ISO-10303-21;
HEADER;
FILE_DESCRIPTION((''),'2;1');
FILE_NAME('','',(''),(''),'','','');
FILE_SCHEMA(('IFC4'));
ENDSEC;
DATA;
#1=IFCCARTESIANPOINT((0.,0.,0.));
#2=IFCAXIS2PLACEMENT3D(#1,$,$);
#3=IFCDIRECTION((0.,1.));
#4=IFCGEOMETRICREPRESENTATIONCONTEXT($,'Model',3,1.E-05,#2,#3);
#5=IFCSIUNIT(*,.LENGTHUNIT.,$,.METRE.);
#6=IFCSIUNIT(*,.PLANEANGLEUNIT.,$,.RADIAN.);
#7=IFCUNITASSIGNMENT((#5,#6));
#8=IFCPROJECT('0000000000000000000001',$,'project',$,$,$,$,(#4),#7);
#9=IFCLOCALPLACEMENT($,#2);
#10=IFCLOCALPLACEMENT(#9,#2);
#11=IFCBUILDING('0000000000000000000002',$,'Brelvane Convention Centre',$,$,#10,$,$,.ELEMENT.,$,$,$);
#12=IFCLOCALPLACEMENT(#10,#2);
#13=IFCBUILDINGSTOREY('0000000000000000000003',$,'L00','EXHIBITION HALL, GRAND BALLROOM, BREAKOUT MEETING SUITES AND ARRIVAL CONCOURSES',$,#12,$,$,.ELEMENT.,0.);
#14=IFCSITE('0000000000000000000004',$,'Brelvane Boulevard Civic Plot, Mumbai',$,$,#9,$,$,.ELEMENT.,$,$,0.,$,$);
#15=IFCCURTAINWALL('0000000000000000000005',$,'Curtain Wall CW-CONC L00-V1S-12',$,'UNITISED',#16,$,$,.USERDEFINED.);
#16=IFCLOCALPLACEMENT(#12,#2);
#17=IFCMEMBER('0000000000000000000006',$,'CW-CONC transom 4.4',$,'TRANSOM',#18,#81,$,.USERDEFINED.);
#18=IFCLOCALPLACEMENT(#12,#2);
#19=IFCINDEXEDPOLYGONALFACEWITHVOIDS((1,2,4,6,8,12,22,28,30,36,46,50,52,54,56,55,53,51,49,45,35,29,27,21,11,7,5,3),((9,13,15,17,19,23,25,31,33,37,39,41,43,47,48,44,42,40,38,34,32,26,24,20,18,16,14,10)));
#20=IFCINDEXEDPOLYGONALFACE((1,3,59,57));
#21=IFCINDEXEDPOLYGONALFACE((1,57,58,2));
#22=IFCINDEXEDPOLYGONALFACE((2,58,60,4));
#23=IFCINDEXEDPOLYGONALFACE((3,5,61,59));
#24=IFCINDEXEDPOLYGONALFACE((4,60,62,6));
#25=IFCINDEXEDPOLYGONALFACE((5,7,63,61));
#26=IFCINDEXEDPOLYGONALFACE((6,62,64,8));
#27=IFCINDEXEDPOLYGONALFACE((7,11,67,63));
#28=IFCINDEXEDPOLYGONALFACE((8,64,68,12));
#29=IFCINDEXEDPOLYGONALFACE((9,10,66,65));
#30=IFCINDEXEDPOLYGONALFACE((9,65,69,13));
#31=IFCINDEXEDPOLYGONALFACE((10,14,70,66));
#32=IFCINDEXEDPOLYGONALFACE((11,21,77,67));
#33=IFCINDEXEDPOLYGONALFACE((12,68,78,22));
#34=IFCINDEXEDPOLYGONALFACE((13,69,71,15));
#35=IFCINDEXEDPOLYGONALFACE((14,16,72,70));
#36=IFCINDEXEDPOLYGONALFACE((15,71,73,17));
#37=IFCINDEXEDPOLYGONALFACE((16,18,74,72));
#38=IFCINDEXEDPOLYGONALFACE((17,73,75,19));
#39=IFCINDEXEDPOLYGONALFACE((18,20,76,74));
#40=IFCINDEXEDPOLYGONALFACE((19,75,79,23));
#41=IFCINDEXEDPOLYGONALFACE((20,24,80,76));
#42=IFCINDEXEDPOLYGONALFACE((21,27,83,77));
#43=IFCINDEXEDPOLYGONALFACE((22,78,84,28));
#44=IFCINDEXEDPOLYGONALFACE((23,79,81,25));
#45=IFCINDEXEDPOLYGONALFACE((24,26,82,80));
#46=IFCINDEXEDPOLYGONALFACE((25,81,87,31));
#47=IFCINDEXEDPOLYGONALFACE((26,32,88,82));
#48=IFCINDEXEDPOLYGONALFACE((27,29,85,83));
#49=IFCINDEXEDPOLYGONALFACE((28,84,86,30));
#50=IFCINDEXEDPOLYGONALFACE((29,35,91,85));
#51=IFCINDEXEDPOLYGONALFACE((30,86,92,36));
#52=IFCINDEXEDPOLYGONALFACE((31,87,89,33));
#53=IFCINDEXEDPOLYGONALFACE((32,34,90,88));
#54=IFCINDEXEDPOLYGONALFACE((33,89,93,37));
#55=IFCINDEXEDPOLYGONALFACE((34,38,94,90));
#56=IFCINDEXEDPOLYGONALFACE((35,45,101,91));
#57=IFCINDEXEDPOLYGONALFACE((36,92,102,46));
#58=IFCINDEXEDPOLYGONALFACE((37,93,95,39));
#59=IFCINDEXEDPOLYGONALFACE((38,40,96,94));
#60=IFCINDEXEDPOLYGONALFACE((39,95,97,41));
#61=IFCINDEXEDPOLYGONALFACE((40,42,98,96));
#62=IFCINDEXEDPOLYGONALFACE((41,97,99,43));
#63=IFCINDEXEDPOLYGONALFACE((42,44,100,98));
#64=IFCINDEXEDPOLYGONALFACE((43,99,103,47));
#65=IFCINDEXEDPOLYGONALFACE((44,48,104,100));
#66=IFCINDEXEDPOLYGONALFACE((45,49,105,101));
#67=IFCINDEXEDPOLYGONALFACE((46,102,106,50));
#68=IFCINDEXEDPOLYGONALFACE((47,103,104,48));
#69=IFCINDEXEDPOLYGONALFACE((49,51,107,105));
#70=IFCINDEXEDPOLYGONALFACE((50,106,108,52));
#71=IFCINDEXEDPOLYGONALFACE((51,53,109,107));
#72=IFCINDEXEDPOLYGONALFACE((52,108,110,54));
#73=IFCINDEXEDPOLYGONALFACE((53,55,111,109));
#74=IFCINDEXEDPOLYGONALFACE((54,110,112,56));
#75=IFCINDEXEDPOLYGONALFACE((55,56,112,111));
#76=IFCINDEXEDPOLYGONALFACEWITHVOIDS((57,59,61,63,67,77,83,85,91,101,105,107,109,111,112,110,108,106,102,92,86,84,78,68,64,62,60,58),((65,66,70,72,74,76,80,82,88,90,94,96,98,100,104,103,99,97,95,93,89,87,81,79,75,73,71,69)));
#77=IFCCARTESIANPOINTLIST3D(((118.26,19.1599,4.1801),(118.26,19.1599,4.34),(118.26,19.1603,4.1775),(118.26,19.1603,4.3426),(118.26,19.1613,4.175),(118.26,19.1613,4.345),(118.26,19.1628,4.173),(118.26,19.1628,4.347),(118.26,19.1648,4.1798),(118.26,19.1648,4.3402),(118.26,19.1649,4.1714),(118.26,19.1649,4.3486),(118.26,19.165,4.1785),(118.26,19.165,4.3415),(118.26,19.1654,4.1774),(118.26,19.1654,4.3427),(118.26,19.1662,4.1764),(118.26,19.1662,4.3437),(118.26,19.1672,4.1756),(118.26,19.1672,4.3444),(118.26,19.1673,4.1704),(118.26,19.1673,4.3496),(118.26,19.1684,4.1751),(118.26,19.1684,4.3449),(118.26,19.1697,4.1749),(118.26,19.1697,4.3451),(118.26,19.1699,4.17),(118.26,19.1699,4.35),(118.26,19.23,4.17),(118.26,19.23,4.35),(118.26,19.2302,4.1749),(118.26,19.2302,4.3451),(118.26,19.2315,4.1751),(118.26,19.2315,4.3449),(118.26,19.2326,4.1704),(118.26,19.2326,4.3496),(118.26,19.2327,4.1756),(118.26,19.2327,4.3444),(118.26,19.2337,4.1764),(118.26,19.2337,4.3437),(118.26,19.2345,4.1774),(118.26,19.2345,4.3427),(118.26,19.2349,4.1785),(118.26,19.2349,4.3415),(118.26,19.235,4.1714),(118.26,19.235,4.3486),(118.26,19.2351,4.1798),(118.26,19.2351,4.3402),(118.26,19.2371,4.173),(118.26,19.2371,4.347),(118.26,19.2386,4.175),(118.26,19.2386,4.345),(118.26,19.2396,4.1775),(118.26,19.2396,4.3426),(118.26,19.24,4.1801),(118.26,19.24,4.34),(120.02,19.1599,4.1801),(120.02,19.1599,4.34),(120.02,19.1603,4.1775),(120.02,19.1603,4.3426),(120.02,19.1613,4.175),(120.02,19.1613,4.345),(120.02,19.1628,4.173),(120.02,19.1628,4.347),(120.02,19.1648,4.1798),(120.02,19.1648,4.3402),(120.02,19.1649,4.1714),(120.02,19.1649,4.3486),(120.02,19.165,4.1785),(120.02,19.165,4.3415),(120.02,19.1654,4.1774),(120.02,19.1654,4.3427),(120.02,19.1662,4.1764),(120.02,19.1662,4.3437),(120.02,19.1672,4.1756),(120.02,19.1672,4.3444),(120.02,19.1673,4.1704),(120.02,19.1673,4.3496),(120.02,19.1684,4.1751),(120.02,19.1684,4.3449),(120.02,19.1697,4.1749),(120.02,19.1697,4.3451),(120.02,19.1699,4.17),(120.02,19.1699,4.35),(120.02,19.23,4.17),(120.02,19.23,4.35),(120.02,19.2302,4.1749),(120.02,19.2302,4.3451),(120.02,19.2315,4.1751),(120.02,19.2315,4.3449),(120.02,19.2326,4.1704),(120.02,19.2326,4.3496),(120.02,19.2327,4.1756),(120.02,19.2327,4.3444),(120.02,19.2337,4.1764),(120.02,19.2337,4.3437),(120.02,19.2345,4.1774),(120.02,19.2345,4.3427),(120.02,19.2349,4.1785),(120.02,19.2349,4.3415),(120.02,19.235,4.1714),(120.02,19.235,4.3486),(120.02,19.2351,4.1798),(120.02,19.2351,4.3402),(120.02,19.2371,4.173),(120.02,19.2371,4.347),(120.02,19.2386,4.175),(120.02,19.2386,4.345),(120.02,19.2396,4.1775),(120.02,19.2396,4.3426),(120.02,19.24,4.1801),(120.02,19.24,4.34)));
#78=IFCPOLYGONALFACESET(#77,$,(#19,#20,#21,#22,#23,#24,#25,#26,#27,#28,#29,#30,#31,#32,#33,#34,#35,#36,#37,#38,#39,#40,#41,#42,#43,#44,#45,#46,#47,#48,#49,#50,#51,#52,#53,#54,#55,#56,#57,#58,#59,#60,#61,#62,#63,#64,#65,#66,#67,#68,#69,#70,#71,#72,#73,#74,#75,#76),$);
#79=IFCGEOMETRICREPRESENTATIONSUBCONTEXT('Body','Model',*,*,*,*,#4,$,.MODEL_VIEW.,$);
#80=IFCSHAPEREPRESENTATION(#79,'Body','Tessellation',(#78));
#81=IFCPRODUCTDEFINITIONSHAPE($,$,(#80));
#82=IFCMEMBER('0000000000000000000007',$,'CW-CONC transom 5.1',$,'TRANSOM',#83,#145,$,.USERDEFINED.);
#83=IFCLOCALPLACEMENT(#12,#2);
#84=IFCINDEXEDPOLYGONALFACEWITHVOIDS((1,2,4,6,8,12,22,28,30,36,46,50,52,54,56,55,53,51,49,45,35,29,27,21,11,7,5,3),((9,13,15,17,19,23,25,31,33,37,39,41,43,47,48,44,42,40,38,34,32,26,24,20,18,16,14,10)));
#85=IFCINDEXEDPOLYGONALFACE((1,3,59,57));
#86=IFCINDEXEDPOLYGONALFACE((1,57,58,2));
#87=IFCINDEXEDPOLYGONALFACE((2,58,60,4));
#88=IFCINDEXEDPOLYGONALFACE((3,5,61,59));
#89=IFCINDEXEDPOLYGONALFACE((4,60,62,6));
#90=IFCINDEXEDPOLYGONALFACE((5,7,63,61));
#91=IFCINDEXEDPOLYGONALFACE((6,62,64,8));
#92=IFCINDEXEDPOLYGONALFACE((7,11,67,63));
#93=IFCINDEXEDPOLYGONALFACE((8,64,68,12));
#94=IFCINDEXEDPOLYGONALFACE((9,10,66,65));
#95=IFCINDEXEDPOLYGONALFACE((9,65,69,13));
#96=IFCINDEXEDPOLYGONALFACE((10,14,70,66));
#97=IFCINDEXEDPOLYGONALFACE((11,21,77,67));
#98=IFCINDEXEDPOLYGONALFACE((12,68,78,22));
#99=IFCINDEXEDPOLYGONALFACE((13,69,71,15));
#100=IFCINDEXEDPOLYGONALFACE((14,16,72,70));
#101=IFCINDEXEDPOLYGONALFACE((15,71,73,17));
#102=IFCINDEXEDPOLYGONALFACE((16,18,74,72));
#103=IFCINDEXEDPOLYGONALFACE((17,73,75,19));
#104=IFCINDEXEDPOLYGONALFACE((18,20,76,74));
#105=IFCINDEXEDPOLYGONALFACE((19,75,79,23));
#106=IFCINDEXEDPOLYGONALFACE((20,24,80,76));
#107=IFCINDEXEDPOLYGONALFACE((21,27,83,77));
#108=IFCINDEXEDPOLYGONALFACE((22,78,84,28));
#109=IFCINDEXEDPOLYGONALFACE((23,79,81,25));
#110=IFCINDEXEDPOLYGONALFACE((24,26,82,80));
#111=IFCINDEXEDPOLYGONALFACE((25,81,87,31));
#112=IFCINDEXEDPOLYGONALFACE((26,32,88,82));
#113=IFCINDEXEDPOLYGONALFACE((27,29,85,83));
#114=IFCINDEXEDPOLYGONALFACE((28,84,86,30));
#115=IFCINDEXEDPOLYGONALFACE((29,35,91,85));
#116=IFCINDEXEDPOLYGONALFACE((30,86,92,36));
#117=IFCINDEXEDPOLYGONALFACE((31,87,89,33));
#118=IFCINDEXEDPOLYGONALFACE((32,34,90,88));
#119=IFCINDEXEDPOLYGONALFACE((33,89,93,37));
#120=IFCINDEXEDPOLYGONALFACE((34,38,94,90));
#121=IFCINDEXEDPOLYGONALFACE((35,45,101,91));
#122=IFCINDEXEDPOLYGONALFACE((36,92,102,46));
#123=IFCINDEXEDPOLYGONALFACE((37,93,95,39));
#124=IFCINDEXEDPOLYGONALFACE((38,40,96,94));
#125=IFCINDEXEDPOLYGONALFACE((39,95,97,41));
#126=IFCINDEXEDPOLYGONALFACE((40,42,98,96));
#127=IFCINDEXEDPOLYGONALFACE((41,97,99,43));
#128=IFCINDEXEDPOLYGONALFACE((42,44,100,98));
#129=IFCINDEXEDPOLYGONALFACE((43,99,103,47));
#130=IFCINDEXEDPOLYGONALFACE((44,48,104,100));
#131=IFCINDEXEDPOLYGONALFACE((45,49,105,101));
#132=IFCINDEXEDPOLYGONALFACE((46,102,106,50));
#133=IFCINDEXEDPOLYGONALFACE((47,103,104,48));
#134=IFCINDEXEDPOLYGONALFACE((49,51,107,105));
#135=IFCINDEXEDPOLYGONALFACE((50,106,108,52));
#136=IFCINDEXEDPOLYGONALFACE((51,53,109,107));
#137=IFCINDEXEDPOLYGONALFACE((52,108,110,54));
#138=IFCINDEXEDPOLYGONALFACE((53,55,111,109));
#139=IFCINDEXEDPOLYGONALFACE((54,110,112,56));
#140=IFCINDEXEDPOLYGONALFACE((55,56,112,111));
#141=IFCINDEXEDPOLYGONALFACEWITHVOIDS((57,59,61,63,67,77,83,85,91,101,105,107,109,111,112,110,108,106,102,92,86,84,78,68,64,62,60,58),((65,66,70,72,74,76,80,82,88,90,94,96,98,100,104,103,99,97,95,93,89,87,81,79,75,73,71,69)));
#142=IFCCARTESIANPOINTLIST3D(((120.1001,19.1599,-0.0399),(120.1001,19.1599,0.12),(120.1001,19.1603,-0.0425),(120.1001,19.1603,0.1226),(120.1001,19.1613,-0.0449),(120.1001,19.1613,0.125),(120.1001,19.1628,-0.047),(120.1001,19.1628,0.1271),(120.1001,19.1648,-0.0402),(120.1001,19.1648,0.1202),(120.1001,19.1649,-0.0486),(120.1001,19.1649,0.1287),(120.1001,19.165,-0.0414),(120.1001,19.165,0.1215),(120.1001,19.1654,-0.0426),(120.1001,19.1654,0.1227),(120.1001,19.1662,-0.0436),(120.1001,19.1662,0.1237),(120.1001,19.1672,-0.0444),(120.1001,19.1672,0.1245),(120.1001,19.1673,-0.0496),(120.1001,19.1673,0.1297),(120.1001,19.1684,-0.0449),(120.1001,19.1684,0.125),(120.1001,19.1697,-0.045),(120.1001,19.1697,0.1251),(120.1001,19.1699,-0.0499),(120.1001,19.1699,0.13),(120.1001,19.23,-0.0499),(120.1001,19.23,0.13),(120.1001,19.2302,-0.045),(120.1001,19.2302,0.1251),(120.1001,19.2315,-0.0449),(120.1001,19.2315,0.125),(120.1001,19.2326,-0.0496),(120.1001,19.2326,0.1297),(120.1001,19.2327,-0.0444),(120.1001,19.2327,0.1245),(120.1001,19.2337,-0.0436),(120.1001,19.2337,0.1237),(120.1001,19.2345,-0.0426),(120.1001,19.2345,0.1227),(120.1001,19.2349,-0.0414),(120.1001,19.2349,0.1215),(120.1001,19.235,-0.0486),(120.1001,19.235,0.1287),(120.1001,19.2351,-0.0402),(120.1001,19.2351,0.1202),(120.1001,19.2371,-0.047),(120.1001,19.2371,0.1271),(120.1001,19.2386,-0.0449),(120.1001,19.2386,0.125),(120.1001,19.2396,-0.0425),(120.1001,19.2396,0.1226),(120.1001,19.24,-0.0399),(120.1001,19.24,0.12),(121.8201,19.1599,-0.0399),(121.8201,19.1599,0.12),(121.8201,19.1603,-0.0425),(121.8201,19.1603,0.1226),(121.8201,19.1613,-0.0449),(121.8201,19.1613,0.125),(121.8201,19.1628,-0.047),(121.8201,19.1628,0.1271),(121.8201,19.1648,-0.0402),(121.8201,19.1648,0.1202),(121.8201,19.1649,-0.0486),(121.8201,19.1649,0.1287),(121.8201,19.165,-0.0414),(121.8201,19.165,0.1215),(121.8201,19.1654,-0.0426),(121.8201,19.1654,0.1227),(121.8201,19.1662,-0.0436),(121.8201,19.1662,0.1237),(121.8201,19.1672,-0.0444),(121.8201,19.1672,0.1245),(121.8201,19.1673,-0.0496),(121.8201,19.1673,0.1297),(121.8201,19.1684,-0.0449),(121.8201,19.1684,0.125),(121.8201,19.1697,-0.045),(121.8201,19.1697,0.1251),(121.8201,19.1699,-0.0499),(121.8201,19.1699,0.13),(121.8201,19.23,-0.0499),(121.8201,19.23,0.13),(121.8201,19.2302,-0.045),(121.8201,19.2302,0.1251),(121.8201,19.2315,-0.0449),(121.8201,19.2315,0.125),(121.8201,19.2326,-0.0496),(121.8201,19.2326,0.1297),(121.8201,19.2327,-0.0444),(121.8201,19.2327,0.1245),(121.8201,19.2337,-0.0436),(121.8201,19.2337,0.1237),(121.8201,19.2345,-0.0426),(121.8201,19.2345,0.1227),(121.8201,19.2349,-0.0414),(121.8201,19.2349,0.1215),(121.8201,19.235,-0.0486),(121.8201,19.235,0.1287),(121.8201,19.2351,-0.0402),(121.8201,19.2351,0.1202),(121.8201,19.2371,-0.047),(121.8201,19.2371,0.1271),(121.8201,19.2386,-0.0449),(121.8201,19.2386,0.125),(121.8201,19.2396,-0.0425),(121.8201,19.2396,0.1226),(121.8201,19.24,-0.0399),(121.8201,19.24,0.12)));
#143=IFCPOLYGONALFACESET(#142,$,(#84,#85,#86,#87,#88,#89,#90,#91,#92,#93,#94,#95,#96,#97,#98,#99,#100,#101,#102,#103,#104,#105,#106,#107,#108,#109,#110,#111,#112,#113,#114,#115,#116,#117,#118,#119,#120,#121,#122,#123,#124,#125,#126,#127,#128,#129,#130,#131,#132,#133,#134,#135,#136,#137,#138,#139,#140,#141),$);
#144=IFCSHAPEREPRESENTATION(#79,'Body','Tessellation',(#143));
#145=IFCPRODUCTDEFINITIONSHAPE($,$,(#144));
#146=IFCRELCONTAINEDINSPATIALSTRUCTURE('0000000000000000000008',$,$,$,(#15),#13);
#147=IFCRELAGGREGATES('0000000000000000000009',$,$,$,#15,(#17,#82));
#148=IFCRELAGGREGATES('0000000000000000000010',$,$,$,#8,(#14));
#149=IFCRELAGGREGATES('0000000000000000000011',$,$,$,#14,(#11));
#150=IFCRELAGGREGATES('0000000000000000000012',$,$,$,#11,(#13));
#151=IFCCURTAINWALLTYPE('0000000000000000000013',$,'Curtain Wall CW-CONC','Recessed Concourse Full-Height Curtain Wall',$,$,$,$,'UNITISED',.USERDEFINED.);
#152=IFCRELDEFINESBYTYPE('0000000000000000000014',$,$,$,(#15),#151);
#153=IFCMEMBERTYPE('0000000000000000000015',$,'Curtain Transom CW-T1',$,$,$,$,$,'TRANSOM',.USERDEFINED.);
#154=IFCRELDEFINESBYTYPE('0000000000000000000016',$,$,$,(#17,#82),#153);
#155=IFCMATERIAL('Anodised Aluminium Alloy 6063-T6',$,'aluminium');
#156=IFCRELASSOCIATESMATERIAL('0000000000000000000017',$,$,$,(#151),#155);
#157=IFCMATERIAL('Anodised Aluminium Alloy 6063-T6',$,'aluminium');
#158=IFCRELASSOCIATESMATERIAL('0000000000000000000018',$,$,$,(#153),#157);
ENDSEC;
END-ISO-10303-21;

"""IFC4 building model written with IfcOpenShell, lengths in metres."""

from ifc_helpers import new_model, si_unit, direction, frame, origin, origin_2d, place, context, subcontext, project, spatial, hollow_rectangle, extrude, material, material_profile, profile_set, type_object, element, aggregate, save


model = new_model("IFC4")

# Units and contexts
model_context = context("Model", 3, precision=1e-05, world=origin(), true_north=direction((0.0, 1.0)))
body_context = subcontext(model_context, "Body", "Model", "MODEL_VIEW")
ifc_project = project(units=[si_unit("LENGTHUNIT", "METRE"), si_unit("PLANEANGLEUNIT", "RADIAN")], contexts=[model_context])

# Site, building, storey
site_placement = place(None, origin())
site = spatial("IfcSite", under=ifc_project, at=site_placement, Name="Brelvane Boulevard Civic Plot, Mumbai", CompositionType="ELEMENT", RefElevation=0.0)
building_placement = place(site_placement, origin())
building = spatial("IfcBuilding", under=site, at=building_placement, Name="Brelvane Convention Centre", CompositionType="ELEMENT")
storey_placement = place(building_placement, origin())
storey = spatial("IfcBuildingStorey", under=building, at=storey_placement, Name="L00", Description="EXHIBITION HALL, GRAND BALLROOM, BREAKOUT MEETING SUITES AND ARRIVAL CONCOURSES", CompositionType="ELEMENT", Elevation=0.0)

# Curtain wall, members
ifc_material_1 = material(Name="Anodised Aluminium Alloy 6063-T6", Category="aluminium")
curtain_wall_type = type_object("IfcCurtainWallType", Name="Curtain Wall CW-CONC", Description="Recessed Concourse Full-Height Curtain Wall", ElementType="UNITISED", PredefinedType="USERDEFINED", material=ifc_material_1)
curtain_wall_placement = place(storey_placement, origin())
curtain_wall = element("IfcCurtainWall", 1, at=curtain_wall_placement, inside=storey, type_object=curtain_wall_type, Name="Curtain Wall CW-CONC L00-V1S-12", ObjectType="UNITISED", PredefinedType="USERDEFINED")
ifc_material_2 = material(Name="Anodised Aluminium Alloy 6063-T6", Category="aluminium")
ifc_material_profile_1 = material_profile(ifc_material_2, hollow_rectangle(XDim=0.0801, YDim=0.1799, WallThickness=0.0049, InnerFilletRadius=0.0049, OuterFilletRadius=0.01, at=origin_2d()), Name="ALU-T 180x80x5.0")
ifc_profile_set_1 = profile_set([ifc_material_profile_1], Name="Anodised Aluminium Alloy 6063-T6")
member_type_1 = type_object("IfcMemberType", Name="Curtain Transom CW-T1", ElementType="TRANSOM", PredefinedType="USERDEFINED", material=ifc_profile_set_1)
member_1_placement = place(storey_placement, frame((118.26, 19.2, 4.26), z_axis=(1.0, 0.0, 0.0), x_axis=(0.0, 1.0, 0.0)))
member_1 = element("IfcMember", 2, at=member_1_placement, type_object=member_type_1, Name="CW-CONC transom 4.4", ObjectType="TRANSOM", PredefinedType="USERDEFINED", context=body_context, shape_type="SweptSolid", body=[
    extrude(hollow_rectangle(XDim=0.0801, YDim=0.1799, WallThickness=0.0049, InnerFilletRadius=0.0049, OuterFilletRadius=0.01, at=origin_2d()), origin(), (0.0, 0.0, 1.0), 1.76),
])
member_2_placement = place(storey_placement, frame((120.1001, 19.2, 0.04), z_axis=(1.0, 0.0, 0.0), x_axis=(0.0, 1.0, 0.0)))
member_2 = element("IfcMember", 3, at=member_2_placement, type_object=member_type_1, Name="CW-CONC transom 5.1", ObjectType="TRANSOM", PredefinedType="USERDEFINED", context=body_context, shape_type="SweptSolid", body=[
    extrude(hollow_rectangle(XDim=0.0801, YDim=0.1799, WallThickness=0.0049, InnerFilletRadius=0.0049, OuterFilletRadius=0.01, at=origin_2d()), origin(), (0.0, 0.0, 1.0), 1.72),
])
aggregate(curtain_wall, [member_1, member_2])

save(model, "model.ifc")
